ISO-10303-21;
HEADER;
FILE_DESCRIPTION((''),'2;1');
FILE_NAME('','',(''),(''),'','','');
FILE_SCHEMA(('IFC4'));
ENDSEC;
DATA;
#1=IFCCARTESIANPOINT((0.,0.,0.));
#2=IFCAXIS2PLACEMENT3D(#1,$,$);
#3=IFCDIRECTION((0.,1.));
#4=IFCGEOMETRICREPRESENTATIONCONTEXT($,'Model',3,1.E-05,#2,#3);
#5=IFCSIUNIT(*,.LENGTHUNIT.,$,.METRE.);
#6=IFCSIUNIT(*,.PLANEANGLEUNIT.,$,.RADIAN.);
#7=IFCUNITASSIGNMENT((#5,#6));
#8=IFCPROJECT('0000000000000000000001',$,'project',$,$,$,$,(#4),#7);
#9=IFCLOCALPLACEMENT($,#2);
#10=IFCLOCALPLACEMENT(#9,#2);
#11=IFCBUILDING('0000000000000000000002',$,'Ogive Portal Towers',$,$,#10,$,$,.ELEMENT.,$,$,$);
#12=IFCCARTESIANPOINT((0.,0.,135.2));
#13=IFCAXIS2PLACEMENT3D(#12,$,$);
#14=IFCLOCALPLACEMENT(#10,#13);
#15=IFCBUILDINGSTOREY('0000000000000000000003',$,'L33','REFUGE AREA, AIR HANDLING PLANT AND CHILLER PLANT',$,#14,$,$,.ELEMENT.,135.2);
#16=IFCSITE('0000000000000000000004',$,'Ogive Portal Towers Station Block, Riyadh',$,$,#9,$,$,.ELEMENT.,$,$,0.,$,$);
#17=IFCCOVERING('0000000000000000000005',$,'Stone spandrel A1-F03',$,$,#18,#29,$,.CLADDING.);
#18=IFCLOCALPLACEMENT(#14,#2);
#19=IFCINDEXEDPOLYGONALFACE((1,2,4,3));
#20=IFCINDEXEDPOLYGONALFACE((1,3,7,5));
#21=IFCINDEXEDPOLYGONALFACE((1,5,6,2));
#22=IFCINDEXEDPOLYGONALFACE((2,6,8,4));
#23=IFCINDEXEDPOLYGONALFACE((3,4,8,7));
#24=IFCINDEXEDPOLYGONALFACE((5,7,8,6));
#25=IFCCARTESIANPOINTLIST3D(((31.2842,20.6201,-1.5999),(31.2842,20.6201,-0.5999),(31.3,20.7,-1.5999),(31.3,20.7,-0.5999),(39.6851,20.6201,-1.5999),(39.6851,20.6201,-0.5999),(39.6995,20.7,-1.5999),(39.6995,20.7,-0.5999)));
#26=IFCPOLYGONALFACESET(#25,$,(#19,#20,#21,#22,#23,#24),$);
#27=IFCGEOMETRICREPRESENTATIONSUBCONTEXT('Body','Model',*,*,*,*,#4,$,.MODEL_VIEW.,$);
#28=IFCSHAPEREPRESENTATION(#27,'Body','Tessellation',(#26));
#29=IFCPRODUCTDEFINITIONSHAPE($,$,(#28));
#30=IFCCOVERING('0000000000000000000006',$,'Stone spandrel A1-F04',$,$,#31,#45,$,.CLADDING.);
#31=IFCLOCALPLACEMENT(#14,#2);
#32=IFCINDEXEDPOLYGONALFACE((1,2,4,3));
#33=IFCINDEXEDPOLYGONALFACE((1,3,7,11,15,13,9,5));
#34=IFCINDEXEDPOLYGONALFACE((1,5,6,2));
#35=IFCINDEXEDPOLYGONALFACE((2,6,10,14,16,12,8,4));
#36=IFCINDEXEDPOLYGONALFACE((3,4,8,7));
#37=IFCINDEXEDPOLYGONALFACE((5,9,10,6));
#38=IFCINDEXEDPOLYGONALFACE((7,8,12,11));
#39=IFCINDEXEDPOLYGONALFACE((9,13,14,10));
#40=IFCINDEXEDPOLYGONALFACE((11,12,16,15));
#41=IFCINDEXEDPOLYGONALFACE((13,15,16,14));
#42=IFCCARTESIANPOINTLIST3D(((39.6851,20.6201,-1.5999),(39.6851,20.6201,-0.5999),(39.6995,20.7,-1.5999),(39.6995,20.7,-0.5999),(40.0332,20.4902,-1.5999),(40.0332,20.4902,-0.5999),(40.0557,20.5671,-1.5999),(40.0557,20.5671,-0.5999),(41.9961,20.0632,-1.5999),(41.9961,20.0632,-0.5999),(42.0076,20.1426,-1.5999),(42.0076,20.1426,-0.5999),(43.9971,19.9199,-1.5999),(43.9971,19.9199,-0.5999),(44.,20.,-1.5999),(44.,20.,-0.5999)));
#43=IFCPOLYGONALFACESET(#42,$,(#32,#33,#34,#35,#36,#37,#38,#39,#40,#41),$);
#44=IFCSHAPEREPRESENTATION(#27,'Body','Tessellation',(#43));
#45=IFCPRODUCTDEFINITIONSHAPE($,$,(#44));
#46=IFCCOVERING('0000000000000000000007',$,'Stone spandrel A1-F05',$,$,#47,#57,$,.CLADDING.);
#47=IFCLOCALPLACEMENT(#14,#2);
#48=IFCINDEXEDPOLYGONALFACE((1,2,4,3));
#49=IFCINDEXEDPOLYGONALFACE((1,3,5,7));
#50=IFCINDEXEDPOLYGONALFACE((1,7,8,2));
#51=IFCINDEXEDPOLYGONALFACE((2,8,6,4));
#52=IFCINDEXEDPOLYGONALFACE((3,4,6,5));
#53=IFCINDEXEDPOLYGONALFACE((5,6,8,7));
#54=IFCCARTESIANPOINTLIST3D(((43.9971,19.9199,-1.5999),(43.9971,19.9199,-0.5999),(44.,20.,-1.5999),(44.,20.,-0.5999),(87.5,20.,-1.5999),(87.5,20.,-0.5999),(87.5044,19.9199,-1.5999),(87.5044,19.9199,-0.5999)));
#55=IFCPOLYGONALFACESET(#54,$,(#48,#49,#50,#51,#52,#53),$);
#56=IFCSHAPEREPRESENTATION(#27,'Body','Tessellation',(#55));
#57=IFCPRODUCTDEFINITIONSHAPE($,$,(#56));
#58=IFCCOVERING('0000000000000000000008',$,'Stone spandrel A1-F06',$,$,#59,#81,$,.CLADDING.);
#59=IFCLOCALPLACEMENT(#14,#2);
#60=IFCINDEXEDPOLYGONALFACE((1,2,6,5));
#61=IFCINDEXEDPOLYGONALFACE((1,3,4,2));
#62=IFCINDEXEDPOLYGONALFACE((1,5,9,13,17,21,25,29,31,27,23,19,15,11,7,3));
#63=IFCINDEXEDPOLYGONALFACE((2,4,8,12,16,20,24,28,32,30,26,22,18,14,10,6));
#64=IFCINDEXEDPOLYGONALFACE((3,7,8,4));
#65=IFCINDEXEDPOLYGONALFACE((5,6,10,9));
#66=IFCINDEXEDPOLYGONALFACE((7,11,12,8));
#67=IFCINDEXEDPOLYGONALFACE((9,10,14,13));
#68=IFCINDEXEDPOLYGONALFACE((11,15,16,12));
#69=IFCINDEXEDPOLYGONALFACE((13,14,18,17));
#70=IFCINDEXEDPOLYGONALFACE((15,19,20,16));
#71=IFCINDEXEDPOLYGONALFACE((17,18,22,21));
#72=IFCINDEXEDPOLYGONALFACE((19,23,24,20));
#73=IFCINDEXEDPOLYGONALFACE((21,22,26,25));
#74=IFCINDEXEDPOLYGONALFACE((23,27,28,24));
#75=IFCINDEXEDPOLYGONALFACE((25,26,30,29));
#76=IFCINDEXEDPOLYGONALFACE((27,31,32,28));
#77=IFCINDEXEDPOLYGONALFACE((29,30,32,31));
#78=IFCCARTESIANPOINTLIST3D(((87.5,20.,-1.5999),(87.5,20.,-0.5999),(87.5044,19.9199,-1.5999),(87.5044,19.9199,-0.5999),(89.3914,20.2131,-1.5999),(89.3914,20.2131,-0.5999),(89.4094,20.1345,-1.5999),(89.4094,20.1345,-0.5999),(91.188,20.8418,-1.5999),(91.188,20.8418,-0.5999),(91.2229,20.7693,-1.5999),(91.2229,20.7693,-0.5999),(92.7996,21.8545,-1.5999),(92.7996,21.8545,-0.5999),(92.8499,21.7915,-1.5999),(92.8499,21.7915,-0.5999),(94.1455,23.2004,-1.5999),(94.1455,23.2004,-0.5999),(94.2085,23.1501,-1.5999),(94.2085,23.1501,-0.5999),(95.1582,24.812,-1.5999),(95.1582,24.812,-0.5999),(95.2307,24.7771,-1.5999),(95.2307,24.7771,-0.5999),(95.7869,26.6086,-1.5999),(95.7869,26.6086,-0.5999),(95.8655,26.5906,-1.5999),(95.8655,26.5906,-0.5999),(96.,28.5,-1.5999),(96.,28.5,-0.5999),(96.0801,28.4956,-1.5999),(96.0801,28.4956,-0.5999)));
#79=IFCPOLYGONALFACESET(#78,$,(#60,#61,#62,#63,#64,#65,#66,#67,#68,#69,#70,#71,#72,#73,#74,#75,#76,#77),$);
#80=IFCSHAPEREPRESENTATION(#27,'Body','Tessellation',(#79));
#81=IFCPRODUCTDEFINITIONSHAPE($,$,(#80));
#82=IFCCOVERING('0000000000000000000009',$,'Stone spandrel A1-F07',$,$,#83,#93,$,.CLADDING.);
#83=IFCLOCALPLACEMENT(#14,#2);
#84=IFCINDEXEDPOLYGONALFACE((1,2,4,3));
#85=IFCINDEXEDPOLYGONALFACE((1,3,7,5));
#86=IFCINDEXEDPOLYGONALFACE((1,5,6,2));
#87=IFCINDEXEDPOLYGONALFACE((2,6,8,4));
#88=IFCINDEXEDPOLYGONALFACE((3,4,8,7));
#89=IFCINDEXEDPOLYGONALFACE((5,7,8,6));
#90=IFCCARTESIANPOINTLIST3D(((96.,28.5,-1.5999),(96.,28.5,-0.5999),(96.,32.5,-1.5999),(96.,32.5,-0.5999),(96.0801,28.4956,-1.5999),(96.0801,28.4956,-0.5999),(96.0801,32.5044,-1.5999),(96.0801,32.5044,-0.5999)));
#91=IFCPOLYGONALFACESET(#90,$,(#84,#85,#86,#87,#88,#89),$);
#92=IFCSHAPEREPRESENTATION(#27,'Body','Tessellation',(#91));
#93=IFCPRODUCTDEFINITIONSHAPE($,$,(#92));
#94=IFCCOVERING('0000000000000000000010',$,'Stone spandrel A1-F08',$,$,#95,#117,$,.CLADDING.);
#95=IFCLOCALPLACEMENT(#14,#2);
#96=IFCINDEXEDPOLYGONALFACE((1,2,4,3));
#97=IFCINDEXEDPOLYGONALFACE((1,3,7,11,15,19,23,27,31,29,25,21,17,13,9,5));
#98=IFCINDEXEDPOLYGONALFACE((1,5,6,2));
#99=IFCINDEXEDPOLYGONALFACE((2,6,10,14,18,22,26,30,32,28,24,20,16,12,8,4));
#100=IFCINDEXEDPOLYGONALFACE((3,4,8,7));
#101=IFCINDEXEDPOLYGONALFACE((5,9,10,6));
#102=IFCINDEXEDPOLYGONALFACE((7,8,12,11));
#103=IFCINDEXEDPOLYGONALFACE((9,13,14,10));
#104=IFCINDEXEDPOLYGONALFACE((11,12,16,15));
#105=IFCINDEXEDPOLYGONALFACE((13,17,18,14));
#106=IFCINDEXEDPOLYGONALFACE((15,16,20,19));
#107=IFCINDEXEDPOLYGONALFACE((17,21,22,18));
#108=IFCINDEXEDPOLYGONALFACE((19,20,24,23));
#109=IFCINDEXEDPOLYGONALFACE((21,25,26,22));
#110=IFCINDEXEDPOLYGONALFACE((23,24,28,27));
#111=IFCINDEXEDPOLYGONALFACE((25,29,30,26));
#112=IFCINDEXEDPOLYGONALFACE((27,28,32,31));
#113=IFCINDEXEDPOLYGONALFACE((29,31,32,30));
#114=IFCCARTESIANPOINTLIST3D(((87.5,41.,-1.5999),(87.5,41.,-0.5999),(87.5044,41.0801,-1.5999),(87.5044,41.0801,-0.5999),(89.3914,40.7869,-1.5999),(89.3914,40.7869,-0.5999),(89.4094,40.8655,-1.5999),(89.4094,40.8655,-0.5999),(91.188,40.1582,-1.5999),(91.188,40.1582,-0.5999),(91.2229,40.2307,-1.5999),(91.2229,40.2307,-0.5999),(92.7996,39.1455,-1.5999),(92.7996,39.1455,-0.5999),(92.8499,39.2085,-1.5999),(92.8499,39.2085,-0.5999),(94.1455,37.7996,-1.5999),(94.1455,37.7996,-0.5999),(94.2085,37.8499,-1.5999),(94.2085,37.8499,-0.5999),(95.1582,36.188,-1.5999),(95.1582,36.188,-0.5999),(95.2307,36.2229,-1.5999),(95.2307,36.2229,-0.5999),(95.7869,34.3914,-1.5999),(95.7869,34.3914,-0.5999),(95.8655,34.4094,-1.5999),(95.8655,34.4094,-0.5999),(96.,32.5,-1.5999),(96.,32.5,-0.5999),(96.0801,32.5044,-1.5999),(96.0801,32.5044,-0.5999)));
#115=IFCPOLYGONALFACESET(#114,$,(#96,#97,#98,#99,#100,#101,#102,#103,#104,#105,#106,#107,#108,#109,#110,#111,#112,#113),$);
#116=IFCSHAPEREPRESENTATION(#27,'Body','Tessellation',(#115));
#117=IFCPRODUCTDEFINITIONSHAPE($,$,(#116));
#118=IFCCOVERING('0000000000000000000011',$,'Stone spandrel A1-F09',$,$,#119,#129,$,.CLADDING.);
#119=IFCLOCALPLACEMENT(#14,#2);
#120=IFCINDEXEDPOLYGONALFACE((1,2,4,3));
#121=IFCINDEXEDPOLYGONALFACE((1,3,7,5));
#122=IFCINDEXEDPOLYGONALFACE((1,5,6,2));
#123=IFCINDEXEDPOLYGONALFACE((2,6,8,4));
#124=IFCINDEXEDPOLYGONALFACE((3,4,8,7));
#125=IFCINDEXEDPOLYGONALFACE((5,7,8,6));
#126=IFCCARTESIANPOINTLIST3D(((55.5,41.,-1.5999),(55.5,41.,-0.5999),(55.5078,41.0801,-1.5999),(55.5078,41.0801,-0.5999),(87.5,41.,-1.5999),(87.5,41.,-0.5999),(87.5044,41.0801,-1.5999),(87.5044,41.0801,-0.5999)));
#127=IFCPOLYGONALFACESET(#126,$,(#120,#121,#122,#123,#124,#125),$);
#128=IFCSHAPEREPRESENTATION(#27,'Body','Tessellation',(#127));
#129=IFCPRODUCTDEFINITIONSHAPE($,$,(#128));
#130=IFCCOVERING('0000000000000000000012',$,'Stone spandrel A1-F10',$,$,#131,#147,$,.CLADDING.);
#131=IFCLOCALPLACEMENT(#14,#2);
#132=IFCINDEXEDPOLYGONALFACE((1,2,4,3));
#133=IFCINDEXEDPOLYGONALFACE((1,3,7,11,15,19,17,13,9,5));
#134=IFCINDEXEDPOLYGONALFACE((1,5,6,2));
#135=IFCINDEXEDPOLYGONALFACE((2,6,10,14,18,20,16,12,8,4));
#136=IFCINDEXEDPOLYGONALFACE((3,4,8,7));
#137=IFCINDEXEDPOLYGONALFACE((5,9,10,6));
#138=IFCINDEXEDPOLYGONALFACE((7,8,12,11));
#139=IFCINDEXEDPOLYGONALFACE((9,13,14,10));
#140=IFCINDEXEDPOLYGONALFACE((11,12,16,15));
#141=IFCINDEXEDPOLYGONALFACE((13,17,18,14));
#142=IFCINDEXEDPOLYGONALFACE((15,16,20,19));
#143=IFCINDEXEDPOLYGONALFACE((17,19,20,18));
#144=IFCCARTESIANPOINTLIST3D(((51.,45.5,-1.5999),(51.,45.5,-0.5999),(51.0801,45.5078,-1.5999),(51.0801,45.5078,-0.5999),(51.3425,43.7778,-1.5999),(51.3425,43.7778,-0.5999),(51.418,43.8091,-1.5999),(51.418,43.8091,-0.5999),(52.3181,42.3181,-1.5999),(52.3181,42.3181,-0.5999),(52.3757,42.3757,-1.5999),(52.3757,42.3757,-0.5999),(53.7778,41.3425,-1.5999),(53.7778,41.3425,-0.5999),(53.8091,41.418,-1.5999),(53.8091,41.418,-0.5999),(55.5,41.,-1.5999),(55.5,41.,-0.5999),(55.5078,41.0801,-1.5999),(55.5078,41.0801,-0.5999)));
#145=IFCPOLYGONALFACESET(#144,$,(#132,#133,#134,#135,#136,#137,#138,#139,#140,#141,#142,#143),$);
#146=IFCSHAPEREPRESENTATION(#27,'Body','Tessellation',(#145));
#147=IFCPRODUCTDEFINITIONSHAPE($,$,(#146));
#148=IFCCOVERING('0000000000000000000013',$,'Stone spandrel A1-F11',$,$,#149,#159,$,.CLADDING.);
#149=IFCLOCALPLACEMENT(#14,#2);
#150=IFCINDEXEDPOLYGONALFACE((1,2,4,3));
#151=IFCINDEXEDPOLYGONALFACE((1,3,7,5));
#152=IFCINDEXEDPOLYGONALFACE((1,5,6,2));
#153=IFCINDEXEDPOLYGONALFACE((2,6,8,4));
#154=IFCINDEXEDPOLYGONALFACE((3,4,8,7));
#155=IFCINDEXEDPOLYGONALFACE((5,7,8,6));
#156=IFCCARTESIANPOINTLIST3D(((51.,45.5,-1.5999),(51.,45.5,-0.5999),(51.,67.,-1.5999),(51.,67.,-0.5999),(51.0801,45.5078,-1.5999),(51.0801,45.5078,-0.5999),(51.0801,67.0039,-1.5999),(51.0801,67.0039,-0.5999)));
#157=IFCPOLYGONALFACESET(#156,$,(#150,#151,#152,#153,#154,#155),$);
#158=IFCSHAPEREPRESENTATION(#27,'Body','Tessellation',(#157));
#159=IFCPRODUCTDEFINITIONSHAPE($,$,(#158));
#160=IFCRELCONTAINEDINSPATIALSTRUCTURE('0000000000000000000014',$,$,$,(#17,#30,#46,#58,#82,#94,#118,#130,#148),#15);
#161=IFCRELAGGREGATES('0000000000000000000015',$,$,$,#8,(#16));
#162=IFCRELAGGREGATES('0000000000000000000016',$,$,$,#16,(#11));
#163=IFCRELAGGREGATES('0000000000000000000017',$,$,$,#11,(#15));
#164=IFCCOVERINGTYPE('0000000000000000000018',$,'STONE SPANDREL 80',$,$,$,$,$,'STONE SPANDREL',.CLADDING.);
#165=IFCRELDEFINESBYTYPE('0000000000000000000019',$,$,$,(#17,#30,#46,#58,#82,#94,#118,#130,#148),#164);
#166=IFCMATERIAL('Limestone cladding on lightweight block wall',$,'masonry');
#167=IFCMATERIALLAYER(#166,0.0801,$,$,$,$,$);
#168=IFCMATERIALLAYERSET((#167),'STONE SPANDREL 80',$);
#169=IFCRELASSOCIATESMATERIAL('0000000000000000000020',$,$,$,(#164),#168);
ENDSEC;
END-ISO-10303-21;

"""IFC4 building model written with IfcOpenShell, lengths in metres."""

from ifc_helpers import new_model, si_unit, direction, frame, origin, place, context, subcontext, project, spatial, polyline, outline, extrude, material, layer, layer_set, type_object, element, save


model = new_model("IFC4")

# Units and contexts
model_context = context("Model", 3, precision=1e-05, world=origin(), true_north=direction((0.0, 1.0)))
body_context = subcontext(model_context, "Body", "Model", "MODEL_VIEW")
ifc_project = project(units=[si_unit("LENGTHUNIT", "METRE"), si_unit("PLANEANGLEUNIT", "RADIAN")], contexts=[model_context])

# Site, building, storey
site_placement = place(None, origin())
site = spatial("IfcSite", under=ifc_project, at=site_placement, Name="Ogive Portal Towers Station Block, Riyadh", CompositionType="ELEMENT", RefElevation=0.0)
building_placement = place(site_placement, origin())
building = spatial("IfcBuilding", under=site, at=building_placement, Name="Ogive Portal Towers", CompositionType="ELEMENT")
storey_placement = place(building_placement, frame((0.0, 0.0, 135.2)))
storey = spatial("IfcBuildingStorey", under=building, at=storey_placement, Name="L33", Description="REFUGE AREA, AIR HANDLING PLANT AND CHILLER PLANT", CompositionType="ELEMENT", Elevation=135.2)

# Coverings
ifc_material_1 = material(Name="Limestone cladding on lightweight block wall", Category="masonry")
ifc_layer_1 = layer(ifc_material_1, 0.0801)
ifc_layer_set_1 = layer_set([ifc_layer_1], Name="STONE SPANDREL 80")
covering_type_1 = type_object("IfcCoveringType", Name="STONE SPANDREL 80", ElementType="STONE SPANDREL", PredefinedType="CLADDING", material=ifc_layer_set_1)
covering_1_placement = place(storey_placement, frame((0.0, 0.0, -1.5999)))
element("IfcCovering", 1, at=covering_1_placement, inside=storey, type_object=covering_type_1, Name="Stone spandrel A1-F03", PredefinedType="CLADDING", context=body_context, shape_type="SweptSolid", body=[
    extrude(outline(polyline([(31.3, 20.7), (39.6995, 20.7), (39.6851, 20.6201), (31.2842, 20.6201), (31.3, 20.7)])), origin(), (0.0, 0.0, 1.0), 1.0),
])
covering_2_placement = place(storey_placement, frame((0.0, 0.0, -1.5999)))
element("IfcCovering", 2, at=covering_2_placement, inside=storey, type_object=covering_type_1, Name="Stone spandrel A1-F04", PredefinedType="CLADDING", context=body_context, shape_type="SweptSolid", body=[
    extrude(outline(polyline([(39.6995, 20.7), (40.0557, 20.5671), (42.0076, 20.1426), (44.0, 20.0), (43.9971, 19.9199), (41.9961, 20.0632), (40.0332, 20.4902), (39.6851, 20.6201), (39.6995, 20.7)])), origin(), (0.0, 0.0, 1.0), 1.0),
])
covering_3_placement = place(storey_placement, frame((0.0, 0.0, -1.5999)))
element("IfcCovering", 3, at=covering_3_placement, inside=storey, type_object=covering_type_1, Name="Stone spandrel A1-F05", PredefinedType="CLADDING", context=body_context, shape_type="SweptSolid", body=[
    extrude(outline(polyline([(44.0, 20.0), (87.5, 20.0), (87.5044, 19.9199), (43.9971, 19.9199), (44.0, 20.0)])), origin(), (0.0, 0.0, 1.0), 1.0),
])
covering_4_placement = place(storey_placement, frame((0.0, 0.0, -1.5999)))
element("IfcCovering", 4, at=covering_4_placement, inside=storey, type_object=covering_type_1, Name="Stone spandrel A1-F06", PredefinedType="CLADDING", context=body_context, shape_type="SweptSolid", body=[
    extrude(outline(polyline([(87.5, 20.0), (89.3914, 20.2131), (91.188, 20.8418), (92.7996, 21.8545), (94.1455, 23.2004), (95.1582, 24.812), (95.7869, 26.6086), (96.0, 28.5), (96.0801, 28.4956), (95.8655, 26.5906), (95.2307, 24.7771), (94.2085, 23.1501), (92.8499, 21.7915), (91.2229, 20.7693), (89.4094, 20.1345), (87.5044, 19.9199), (87.5, 20.0)])), origin(), (0.0, 0.0, 1.0), 1.0),
])
covering_5_placement = place(storey_placement, frame((0.0, 0.0, -1.5999)))
element("IfcCovering", 5, at=covering_5_placement, inside=storey, type_object=covering_type_1, Name="Stone spandrel A1-F07", PredefinedType="CLADDING", context=body_context, shape_type="SweptSolid", body=[
    extrude(outline(polyline([(96.0, 28.5), (96.0, 32.5), (96.0801, 32.5044), (96.0801, 28.4956), (96.0, 28.5)])), origin(), (0.0, 0.0, 1.0), 1.0),
])
covering_6_placement = place(storey_placement, frame((0.0, 0.0, -1.5999)))
element("IfcCovering", 6, at=covering_6_placement, inside=storey, type_object=covering_type_1, Name="Stone spandrel A1-F08", PredefinedType="CLADDING", context=body_context, shape_type="SweptSolid", body=[
    extrude(outline(polyline([(96.0, 32.5), (95.7869, 34.3914), (95.1582, 36.188), (94.1455, 37.7996), (92.7996, 39.1455), (91.188, 40.1582), (89.3914, 40.7869), (87.5, 41.0), (87.5044, 41.0801), (89.4094, 40.8655), (91.2229, 40.2307), (92.8499, 39.2085), (94.2085, 37.8499), (95.2307, 36.2229), (95.8655, 34.4094), (96.0801, 32.5044), (96.0, 32.5)])), origin(), (0.0, 0.0, 1.0), 1.0),
])
covering_7_placement = place(storey_placement, frame((0.0, 0.0, -1.5999)))
element("IfcCovering", 7, at=covering_7_placement, inside=storey, type_object=covering_type_1, Name="Stone spandrel A1-F09", PredefinedType="CLADDING", context=body_context, shape_type="SweptSolid", body=[
    extrude(outline(polyline([(87.5, 41.0), (55.5, 41.0), (55.5078, 41.0801), (87.5044, 41.0801), (87.5, 41.0)])), origin(), (0.0, 0.0, 1.0), 1.0),
])
covering_8_placement = place(storey_placement, frame((0.0, 0.0, -1.5999)))
element("IfcCovering", 8, at=covering_8_placement, inside=storey, type_object=covering_type_1, Name="Stone spandrel A1-F10", PredefinedType="CLADDING", context=body_context, shape_type="SweptSolid", body=[
    extrude(outline(polyline([(55.5, 41.0), (53.7778, 41.3425), (52.3181, 42.3181), (51.3425, 43.7778), (51.0, 45.5), (51.0801, 45.5078), (51.418, 43.8091), (52.3757, 42.3757), (53.8091, 41.418), (55.5078, 41.0801), (55.5, 41.0)])), origin(), (0.0, 0.0, 1.0), 1.0),
])
covering_9_placement = place(storey_placement, frame((0.0, 0.0, -1.5999)))
element("IfcCovering", 9, at=covering_9_placement, inside=storey, type_object=covering_type_1, Name="Stone spandrel A1-F11", PredefinedType="CLADDING", context=body_context, shape_type="SweptSolid", body=[
    extrude(outline(polyline([(51.0, 45.5), (51.0, 67.0), (51.0801, 67.0039), (51.0801, 45.5078), (51.0, 45.5)])), origin(), (0.0, 0.0, 1.0), 1.0),
])

save(model, "model.ifc")
